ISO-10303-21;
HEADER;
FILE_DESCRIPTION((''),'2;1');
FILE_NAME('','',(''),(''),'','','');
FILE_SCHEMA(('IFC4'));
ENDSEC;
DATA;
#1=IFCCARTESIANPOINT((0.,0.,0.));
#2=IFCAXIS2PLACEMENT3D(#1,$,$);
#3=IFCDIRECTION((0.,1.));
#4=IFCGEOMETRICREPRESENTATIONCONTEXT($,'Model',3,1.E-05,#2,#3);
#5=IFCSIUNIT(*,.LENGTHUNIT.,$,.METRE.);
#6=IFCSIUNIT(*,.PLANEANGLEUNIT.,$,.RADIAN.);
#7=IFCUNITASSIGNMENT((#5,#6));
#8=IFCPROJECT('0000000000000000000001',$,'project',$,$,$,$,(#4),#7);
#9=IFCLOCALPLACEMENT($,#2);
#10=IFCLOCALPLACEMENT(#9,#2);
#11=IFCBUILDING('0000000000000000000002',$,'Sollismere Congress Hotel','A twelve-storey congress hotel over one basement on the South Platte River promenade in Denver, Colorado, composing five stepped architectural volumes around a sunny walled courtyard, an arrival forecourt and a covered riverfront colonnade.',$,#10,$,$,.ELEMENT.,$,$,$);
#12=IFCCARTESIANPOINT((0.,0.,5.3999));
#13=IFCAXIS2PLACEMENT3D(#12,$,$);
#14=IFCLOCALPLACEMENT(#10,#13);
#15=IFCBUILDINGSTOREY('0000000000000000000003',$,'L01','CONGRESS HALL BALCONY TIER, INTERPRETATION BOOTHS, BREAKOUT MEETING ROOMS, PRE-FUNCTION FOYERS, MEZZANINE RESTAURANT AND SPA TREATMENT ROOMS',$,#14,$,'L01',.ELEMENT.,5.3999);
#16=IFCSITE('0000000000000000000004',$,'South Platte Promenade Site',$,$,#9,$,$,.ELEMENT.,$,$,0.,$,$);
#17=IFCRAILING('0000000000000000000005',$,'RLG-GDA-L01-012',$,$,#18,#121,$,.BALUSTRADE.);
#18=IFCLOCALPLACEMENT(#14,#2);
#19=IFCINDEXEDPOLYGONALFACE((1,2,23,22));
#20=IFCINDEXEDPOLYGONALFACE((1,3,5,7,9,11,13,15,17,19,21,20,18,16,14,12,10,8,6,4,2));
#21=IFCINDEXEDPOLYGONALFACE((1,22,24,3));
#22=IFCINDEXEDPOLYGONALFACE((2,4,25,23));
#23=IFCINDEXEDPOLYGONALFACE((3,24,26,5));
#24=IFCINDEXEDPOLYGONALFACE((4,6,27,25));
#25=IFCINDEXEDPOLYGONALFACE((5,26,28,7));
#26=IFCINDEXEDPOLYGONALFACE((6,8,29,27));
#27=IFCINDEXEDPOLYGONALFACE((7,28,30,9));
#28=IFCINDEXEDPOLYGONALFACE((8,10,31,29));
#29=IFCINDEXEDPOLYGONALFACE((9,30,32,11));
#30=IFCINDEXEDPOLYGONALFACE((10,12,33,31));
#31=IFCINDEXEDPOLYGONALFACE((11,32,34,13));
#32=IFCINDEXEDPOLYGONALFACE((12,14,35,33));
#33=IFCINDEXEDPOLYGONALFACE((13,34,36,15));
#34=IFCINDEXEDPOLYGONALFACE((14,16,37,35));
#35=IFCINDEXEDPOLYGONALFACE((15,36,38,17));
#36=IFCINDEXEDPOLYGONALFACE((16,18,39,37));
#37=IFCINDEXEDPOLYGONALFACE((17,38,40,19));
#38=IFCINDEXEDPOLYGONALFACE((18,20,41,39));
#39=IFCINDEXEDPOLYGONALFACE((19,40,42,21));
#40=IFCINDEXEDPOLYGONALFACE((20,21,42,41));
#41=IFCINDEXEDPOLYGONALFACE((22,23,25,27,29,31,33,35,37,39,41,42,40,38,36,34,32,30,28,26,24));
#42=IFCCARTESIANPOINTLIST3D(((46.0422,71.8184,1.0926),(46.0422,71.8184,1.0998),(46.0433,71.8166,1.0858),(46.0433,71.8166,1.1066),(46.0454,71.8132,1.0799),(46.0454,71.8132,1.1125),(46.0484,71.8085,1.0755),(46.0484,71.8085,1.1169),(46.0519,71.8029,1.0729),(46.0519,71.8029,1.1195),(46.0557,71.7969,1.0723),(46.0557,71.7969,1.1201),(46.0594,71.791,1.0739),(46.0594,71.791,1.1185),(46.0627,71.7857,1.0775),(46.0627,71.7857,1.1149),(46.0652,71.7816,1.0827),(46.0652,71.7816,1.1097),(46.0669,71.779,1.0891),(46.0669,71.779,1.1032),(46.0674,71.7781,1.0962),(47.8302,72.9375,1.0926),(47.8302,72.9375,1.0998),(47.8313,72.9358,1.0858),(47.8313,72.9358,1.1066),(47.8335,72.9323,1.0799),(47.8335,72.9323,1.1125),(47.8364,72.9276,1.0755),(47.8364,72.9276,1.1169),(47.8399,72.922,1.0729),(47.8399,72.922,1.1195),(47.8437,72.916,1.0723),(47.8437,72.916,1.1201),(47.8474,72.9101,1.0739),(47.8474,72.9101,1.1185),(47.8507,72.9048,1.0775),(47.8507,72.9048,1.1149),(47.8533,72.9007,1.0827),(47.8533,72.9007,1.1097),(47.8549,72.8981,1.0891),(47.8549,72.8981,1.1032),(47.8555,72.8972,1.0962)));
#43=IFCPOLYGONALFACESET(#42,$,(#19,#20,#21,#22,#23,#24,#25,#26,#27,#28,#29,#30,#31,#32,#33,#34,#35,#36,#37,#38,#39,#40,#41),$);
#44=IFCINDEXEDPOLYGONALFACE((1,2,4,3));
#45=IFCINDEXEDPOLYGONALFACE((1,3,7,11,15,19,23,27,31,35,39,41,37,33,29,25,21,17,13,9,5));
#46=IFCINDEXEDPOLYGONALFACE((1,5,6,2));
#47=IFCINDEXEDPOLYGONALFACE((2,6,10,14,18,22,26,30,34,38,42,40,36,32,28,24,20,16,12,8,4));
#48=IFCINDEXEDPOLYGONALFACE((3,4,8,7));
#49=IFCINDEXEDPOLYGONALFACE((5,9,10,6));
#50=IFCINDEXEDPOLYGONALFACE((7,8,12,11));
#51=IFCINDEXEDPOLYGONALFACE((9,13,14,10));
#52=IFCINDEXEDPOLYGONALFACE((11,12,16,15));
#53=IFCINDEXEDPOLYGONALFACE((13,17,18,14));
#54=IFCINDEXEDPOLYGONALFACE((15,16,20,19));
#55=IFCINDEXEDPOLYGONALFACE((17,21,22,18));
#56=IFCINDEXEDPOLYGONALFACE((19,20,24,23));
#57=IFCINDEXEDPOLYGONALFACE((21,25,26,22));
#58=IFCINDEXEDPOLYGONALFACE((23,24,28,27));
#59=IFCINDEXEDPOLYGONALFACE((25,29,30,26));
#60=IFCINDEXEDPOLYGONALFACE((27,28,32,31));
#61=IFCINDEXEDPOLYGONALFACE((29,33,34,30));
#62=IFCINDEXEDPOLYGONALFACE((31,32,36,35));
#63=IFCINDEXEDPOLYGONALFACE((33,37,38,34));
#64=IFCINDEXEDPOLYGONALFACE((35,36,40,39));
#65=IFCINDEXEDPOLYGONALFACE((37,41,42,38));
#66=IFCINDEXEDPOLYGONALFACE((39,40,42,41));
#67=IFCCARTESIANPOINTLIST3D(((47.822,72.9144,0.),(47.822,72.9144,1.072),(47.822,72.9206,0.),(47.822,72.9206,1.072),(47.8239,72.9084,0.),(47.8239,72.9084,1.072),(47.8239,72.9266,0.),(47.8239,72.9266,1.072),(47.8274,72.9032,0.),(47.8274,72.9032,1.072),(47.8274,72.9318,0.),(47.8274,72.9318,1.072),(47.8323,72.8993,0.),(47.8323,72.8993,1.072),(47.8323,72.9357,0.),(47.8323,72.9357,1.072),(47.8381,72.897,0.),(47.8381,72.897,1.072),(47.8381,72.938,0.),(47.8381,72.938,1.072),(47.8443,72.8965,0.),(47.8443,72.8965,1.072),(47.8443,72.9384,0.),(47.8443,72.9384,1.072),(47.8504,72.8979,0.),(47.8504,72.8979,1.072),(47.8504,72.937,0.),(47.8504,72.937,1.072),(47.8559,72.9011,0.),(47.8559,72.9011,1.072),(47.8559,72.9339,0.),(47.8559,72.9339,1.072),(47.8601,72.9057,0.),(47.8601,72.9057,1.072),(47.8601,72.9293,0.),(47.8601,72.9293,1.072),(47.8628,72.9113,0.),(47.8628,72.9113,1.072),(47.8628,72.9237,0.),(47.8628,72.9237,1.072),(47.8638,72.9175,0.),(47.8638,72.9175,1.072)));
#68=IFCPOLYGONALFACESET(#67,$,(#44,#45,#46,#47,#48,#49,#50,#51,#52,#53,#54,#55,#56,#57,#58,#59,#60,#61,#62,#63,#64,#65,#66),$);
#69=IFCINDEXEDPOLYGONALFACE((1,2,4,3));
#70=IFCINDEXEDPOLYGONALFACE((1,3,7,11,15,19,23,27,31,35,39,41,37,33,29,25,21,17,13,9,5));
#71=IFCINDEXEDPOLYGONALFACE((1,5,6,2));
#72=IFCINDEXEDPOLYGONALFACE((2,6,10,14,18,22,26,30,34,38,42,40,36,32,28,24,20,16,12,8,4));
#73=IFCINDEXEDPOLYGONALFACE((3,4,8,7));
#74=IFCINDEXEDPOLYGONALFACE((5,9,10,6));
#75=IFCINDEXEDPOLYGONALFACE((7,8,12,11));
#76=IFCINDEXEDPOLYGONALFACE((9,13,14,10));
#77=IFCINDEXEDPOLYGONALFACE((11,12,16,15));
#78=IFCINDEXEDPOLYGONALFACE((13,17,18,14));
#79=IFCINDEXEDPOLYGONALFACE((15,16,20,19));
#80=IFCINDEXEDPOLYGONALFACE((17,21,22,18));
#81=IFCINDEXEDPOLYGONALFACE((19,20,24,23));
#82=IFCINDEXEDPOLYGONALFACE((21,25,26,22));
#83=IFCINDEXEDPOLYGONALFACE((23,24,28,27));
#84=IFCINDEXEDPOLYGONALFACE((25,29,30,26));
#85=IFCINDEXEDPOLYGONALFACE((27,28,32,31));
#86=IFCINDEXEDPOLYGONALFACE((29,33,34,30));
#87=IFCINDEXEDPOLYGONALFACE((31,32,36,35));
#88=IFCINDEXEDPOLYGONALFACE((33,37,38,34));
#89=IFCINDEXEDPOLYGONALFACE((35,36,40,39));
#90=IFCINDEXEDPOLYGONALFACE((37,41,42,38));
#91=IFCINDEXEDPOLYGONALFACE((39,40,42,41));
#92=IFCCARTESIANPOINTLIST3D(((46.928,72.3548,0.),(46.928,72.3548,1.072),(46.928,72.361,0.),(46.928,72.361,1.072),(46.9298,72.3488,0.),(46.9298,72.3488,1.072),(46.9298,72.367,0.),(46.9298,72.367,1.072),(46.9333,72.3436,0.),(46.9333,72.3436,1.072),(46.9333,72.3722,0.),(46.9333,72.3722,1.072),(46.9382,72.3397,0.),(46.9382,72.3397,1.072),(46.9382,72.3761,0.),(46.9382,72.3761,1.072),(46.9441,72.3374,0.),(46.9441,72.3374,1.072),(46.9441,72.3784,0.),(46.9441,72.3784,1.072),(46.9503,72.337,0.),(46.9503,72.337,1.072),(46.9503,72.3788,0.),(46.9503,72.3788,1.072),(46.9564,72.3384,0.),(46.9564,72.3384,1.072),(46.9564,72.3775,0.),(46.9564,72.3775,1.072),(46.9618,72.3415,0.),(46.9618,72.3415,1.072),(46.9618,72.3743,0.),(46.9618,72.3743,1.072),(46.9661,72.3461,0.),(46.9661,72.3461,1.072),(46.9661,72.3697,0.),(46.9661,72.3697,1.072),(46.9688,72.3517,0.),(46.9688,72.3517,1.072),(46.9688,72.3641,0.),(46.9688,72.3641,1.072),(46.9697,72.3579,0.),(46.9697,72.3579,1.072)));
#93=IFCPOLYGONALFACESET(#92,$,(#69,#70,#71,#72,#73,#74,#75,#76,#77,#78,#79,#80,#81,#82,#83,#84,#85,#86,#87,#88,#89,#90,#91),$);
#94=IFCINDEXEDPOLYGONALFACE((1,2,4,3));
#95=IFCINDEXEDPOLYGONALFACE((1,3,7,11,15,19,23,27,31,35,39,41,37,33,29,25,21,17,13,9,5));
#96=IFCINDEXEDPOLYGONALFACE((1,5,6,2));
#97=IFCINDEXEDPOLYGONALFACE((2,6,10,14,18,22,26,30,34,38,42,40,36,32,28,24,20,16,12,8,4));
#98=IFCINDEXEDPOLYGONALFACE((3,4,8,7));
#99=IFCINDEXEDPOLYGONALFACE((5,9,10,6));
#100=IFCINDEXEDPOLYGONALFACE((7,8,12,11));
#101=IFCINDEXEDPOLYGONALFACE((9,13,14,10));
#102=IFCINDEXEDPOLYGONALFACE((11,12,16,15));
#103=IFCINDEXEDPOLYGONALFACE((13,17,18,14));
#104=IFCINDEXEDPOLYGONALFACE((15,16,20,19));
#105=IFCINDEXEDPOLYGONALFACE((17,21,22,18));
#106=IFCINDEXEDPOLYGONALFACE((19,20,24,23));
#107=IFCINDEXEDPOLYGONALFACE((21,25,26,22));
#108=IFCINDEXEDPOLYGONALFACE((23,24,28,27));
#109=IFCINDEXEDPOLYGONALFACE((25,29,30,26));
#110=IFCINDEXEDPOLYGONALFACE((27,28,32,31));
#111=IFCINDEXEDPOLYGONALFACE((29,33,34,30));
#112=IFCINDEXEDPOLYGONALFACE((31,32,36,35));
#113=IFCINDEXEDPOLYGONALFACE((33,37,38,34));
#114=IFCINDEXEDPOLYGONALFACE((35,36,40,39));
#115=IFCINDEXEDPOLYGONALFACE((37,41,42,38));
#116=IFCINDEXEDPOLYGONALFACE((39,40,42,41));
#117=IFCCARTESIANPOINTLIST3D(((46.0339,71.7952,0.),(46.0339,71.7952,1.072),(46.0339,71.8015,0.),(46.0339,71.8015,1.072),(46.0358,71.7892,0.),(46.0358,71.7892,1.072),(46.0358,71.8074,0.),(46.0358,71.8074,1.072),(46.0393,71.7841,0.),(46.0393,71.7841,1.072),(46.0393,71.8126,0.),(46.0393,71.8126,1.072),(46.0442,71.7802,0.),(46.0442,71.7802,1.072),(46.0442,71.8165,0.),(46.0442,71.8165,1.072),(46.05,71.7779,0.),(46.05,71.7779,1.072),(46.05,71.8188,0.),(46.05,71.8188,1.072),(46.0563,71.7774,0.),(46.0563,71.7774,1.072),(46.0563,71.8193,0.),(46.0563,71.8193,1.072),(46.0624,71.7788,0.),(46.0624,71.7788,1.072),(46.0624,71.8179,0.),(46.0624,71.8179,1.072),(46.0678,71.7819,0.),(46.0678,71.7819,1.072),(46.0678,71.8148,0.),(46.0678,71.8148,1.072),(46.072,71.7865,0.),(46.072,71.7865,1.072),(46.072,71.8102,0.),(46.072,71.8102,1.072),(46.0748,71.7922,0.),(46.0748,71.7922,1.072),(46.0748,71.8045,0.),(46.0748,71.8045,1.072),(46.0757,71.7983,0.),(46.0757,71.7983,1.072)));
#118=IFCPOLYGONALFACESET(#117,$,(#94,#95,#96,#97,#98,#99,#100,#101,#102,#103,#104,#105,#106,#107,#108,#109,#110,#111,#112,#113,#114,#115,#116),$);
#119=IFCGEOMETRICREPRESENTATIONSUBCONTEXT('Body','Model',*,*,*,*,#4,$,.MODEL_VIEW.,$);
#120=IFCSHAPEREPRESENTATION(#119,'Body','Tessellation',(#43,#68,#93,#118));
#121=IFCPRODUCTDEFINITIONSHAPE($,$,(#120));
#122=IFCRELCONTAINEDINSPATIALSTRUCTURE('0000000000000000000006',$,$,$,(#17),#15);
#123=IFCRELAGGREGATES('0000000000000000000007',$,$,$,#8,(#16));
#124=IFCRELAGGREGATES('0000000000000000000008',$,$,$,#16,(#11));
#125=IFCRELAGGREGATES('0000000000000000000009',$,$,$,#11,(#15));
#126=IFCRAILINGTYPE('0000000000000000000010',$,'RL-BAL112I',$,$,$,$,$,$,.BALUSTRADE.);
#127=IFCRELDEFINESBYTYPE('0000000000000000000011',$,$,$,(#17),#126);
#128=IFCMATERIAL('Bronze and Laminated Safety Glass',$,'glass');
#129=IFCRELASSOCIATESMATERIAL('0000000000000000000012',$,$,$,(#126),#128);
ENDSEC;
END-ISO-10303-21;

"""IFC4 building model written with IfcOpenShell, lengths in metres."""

from ifc_helpers import new_model, si_unit, direction, frame, origin, origin_2d, place, context, subcontext, project, spatial, circle, extrude, material, type_object, element, save


model = new_model("IFC4")

# Units and contexts
model_context = context("Model", 3, precision=1e-05, world=origin(), true_north=direction((0.0, 1.0)))
body_context = subcontext(model_context, "Body", "Model", "MODEL_VIEW")
ifc_project = project(units=[si_unit("LENGTHUNIT", "METRE"), si_unit("PLANEANGLEUNIT", "RADIAN")], contexts=[model_context])

# Site, building, storey
site_placement = place(None, origin())
site = spatial("IfcSite", under=ifc_project, at=site_placement, Name="South Platte Promenade Site", CompositionType="ELEMENT", RefElevation=0.0)
building_placement = place(site_placement, origin())
building = spatial("IfcBuilding", under=site, at=building_placement, Name="Sollismere Congress Hotel", Description="A twelve-storey congress hotel over one basement on the South Platte River promenade in Denver, Colorado, composing five stepped architectural volumes around a sunny walled courtyard, an arrival forecourt and a covered riverfront colonnade.", CompositionType="ELEMENT")
storey_placement = place(building_placement, frame((0.0, 0.0, 5.3999)))
storey = spatial("IfcBuildingStorey", under=building, at=storey_placement, Name="L01", Description="CONGRESS HALL BALCONY TIER, INTERPRETATION BOOTHS, BREAKOUT MEETING ROOMS, PRE-FUNCTION FOYERS, MEZZANINE RESTAURANT AND SPA TREATMENT ROOMS", LongName="L01", CompositionType="ELEMENT", Elevation=5.3999)

# Railing
ifc_material_1 = material(Name="Bronze and Laminated Safety Glass", Category="glass")
railing_type = type_object("IfcRailingType", Name="RL-BAL112I", PredefinedType="BALUSTRADE", material=ifc_material_1)
railing_1_placement = place(storey_placement, frame((47.8428, 72.9175, 0.0)))
element("IfcRailing", 1, at=railing_1_placement, inside=storey, type_object=railing_type, Name="RLG-GDA-L01-012", PredefinedType="BALUSTRADE", context=body_context, shape_type="SweptSolid", body=[
    extrude(circle(Radius=0.0239, at=origin_2d()), frame((0.0, 0.0, 1.0962), z_axis=(-0.84766, -0.53054, 0.0), x_axis=(0.53054, -0.84766, 0.0)), (0.0, 0.0, 1.0), 2.1094),
    extrude(circle(Radius=0.021, at=origin_2d()), origin(), (0.0, 0.0, 1.0), 1.072),
    extrude(circle(Radius=0.021, at=origin_2d()), frame((-0.894, -0.5596, 0.0)), (0.0, 0.0, 1.0), 1.072),
    extrude(circle(Radius=0.021, at=origin_2d()), frame((-1.7881, -1.1191, 0.0)), (0.0, 0.0, 1.0), 1.072),
])

save(model, "model.ifc")
